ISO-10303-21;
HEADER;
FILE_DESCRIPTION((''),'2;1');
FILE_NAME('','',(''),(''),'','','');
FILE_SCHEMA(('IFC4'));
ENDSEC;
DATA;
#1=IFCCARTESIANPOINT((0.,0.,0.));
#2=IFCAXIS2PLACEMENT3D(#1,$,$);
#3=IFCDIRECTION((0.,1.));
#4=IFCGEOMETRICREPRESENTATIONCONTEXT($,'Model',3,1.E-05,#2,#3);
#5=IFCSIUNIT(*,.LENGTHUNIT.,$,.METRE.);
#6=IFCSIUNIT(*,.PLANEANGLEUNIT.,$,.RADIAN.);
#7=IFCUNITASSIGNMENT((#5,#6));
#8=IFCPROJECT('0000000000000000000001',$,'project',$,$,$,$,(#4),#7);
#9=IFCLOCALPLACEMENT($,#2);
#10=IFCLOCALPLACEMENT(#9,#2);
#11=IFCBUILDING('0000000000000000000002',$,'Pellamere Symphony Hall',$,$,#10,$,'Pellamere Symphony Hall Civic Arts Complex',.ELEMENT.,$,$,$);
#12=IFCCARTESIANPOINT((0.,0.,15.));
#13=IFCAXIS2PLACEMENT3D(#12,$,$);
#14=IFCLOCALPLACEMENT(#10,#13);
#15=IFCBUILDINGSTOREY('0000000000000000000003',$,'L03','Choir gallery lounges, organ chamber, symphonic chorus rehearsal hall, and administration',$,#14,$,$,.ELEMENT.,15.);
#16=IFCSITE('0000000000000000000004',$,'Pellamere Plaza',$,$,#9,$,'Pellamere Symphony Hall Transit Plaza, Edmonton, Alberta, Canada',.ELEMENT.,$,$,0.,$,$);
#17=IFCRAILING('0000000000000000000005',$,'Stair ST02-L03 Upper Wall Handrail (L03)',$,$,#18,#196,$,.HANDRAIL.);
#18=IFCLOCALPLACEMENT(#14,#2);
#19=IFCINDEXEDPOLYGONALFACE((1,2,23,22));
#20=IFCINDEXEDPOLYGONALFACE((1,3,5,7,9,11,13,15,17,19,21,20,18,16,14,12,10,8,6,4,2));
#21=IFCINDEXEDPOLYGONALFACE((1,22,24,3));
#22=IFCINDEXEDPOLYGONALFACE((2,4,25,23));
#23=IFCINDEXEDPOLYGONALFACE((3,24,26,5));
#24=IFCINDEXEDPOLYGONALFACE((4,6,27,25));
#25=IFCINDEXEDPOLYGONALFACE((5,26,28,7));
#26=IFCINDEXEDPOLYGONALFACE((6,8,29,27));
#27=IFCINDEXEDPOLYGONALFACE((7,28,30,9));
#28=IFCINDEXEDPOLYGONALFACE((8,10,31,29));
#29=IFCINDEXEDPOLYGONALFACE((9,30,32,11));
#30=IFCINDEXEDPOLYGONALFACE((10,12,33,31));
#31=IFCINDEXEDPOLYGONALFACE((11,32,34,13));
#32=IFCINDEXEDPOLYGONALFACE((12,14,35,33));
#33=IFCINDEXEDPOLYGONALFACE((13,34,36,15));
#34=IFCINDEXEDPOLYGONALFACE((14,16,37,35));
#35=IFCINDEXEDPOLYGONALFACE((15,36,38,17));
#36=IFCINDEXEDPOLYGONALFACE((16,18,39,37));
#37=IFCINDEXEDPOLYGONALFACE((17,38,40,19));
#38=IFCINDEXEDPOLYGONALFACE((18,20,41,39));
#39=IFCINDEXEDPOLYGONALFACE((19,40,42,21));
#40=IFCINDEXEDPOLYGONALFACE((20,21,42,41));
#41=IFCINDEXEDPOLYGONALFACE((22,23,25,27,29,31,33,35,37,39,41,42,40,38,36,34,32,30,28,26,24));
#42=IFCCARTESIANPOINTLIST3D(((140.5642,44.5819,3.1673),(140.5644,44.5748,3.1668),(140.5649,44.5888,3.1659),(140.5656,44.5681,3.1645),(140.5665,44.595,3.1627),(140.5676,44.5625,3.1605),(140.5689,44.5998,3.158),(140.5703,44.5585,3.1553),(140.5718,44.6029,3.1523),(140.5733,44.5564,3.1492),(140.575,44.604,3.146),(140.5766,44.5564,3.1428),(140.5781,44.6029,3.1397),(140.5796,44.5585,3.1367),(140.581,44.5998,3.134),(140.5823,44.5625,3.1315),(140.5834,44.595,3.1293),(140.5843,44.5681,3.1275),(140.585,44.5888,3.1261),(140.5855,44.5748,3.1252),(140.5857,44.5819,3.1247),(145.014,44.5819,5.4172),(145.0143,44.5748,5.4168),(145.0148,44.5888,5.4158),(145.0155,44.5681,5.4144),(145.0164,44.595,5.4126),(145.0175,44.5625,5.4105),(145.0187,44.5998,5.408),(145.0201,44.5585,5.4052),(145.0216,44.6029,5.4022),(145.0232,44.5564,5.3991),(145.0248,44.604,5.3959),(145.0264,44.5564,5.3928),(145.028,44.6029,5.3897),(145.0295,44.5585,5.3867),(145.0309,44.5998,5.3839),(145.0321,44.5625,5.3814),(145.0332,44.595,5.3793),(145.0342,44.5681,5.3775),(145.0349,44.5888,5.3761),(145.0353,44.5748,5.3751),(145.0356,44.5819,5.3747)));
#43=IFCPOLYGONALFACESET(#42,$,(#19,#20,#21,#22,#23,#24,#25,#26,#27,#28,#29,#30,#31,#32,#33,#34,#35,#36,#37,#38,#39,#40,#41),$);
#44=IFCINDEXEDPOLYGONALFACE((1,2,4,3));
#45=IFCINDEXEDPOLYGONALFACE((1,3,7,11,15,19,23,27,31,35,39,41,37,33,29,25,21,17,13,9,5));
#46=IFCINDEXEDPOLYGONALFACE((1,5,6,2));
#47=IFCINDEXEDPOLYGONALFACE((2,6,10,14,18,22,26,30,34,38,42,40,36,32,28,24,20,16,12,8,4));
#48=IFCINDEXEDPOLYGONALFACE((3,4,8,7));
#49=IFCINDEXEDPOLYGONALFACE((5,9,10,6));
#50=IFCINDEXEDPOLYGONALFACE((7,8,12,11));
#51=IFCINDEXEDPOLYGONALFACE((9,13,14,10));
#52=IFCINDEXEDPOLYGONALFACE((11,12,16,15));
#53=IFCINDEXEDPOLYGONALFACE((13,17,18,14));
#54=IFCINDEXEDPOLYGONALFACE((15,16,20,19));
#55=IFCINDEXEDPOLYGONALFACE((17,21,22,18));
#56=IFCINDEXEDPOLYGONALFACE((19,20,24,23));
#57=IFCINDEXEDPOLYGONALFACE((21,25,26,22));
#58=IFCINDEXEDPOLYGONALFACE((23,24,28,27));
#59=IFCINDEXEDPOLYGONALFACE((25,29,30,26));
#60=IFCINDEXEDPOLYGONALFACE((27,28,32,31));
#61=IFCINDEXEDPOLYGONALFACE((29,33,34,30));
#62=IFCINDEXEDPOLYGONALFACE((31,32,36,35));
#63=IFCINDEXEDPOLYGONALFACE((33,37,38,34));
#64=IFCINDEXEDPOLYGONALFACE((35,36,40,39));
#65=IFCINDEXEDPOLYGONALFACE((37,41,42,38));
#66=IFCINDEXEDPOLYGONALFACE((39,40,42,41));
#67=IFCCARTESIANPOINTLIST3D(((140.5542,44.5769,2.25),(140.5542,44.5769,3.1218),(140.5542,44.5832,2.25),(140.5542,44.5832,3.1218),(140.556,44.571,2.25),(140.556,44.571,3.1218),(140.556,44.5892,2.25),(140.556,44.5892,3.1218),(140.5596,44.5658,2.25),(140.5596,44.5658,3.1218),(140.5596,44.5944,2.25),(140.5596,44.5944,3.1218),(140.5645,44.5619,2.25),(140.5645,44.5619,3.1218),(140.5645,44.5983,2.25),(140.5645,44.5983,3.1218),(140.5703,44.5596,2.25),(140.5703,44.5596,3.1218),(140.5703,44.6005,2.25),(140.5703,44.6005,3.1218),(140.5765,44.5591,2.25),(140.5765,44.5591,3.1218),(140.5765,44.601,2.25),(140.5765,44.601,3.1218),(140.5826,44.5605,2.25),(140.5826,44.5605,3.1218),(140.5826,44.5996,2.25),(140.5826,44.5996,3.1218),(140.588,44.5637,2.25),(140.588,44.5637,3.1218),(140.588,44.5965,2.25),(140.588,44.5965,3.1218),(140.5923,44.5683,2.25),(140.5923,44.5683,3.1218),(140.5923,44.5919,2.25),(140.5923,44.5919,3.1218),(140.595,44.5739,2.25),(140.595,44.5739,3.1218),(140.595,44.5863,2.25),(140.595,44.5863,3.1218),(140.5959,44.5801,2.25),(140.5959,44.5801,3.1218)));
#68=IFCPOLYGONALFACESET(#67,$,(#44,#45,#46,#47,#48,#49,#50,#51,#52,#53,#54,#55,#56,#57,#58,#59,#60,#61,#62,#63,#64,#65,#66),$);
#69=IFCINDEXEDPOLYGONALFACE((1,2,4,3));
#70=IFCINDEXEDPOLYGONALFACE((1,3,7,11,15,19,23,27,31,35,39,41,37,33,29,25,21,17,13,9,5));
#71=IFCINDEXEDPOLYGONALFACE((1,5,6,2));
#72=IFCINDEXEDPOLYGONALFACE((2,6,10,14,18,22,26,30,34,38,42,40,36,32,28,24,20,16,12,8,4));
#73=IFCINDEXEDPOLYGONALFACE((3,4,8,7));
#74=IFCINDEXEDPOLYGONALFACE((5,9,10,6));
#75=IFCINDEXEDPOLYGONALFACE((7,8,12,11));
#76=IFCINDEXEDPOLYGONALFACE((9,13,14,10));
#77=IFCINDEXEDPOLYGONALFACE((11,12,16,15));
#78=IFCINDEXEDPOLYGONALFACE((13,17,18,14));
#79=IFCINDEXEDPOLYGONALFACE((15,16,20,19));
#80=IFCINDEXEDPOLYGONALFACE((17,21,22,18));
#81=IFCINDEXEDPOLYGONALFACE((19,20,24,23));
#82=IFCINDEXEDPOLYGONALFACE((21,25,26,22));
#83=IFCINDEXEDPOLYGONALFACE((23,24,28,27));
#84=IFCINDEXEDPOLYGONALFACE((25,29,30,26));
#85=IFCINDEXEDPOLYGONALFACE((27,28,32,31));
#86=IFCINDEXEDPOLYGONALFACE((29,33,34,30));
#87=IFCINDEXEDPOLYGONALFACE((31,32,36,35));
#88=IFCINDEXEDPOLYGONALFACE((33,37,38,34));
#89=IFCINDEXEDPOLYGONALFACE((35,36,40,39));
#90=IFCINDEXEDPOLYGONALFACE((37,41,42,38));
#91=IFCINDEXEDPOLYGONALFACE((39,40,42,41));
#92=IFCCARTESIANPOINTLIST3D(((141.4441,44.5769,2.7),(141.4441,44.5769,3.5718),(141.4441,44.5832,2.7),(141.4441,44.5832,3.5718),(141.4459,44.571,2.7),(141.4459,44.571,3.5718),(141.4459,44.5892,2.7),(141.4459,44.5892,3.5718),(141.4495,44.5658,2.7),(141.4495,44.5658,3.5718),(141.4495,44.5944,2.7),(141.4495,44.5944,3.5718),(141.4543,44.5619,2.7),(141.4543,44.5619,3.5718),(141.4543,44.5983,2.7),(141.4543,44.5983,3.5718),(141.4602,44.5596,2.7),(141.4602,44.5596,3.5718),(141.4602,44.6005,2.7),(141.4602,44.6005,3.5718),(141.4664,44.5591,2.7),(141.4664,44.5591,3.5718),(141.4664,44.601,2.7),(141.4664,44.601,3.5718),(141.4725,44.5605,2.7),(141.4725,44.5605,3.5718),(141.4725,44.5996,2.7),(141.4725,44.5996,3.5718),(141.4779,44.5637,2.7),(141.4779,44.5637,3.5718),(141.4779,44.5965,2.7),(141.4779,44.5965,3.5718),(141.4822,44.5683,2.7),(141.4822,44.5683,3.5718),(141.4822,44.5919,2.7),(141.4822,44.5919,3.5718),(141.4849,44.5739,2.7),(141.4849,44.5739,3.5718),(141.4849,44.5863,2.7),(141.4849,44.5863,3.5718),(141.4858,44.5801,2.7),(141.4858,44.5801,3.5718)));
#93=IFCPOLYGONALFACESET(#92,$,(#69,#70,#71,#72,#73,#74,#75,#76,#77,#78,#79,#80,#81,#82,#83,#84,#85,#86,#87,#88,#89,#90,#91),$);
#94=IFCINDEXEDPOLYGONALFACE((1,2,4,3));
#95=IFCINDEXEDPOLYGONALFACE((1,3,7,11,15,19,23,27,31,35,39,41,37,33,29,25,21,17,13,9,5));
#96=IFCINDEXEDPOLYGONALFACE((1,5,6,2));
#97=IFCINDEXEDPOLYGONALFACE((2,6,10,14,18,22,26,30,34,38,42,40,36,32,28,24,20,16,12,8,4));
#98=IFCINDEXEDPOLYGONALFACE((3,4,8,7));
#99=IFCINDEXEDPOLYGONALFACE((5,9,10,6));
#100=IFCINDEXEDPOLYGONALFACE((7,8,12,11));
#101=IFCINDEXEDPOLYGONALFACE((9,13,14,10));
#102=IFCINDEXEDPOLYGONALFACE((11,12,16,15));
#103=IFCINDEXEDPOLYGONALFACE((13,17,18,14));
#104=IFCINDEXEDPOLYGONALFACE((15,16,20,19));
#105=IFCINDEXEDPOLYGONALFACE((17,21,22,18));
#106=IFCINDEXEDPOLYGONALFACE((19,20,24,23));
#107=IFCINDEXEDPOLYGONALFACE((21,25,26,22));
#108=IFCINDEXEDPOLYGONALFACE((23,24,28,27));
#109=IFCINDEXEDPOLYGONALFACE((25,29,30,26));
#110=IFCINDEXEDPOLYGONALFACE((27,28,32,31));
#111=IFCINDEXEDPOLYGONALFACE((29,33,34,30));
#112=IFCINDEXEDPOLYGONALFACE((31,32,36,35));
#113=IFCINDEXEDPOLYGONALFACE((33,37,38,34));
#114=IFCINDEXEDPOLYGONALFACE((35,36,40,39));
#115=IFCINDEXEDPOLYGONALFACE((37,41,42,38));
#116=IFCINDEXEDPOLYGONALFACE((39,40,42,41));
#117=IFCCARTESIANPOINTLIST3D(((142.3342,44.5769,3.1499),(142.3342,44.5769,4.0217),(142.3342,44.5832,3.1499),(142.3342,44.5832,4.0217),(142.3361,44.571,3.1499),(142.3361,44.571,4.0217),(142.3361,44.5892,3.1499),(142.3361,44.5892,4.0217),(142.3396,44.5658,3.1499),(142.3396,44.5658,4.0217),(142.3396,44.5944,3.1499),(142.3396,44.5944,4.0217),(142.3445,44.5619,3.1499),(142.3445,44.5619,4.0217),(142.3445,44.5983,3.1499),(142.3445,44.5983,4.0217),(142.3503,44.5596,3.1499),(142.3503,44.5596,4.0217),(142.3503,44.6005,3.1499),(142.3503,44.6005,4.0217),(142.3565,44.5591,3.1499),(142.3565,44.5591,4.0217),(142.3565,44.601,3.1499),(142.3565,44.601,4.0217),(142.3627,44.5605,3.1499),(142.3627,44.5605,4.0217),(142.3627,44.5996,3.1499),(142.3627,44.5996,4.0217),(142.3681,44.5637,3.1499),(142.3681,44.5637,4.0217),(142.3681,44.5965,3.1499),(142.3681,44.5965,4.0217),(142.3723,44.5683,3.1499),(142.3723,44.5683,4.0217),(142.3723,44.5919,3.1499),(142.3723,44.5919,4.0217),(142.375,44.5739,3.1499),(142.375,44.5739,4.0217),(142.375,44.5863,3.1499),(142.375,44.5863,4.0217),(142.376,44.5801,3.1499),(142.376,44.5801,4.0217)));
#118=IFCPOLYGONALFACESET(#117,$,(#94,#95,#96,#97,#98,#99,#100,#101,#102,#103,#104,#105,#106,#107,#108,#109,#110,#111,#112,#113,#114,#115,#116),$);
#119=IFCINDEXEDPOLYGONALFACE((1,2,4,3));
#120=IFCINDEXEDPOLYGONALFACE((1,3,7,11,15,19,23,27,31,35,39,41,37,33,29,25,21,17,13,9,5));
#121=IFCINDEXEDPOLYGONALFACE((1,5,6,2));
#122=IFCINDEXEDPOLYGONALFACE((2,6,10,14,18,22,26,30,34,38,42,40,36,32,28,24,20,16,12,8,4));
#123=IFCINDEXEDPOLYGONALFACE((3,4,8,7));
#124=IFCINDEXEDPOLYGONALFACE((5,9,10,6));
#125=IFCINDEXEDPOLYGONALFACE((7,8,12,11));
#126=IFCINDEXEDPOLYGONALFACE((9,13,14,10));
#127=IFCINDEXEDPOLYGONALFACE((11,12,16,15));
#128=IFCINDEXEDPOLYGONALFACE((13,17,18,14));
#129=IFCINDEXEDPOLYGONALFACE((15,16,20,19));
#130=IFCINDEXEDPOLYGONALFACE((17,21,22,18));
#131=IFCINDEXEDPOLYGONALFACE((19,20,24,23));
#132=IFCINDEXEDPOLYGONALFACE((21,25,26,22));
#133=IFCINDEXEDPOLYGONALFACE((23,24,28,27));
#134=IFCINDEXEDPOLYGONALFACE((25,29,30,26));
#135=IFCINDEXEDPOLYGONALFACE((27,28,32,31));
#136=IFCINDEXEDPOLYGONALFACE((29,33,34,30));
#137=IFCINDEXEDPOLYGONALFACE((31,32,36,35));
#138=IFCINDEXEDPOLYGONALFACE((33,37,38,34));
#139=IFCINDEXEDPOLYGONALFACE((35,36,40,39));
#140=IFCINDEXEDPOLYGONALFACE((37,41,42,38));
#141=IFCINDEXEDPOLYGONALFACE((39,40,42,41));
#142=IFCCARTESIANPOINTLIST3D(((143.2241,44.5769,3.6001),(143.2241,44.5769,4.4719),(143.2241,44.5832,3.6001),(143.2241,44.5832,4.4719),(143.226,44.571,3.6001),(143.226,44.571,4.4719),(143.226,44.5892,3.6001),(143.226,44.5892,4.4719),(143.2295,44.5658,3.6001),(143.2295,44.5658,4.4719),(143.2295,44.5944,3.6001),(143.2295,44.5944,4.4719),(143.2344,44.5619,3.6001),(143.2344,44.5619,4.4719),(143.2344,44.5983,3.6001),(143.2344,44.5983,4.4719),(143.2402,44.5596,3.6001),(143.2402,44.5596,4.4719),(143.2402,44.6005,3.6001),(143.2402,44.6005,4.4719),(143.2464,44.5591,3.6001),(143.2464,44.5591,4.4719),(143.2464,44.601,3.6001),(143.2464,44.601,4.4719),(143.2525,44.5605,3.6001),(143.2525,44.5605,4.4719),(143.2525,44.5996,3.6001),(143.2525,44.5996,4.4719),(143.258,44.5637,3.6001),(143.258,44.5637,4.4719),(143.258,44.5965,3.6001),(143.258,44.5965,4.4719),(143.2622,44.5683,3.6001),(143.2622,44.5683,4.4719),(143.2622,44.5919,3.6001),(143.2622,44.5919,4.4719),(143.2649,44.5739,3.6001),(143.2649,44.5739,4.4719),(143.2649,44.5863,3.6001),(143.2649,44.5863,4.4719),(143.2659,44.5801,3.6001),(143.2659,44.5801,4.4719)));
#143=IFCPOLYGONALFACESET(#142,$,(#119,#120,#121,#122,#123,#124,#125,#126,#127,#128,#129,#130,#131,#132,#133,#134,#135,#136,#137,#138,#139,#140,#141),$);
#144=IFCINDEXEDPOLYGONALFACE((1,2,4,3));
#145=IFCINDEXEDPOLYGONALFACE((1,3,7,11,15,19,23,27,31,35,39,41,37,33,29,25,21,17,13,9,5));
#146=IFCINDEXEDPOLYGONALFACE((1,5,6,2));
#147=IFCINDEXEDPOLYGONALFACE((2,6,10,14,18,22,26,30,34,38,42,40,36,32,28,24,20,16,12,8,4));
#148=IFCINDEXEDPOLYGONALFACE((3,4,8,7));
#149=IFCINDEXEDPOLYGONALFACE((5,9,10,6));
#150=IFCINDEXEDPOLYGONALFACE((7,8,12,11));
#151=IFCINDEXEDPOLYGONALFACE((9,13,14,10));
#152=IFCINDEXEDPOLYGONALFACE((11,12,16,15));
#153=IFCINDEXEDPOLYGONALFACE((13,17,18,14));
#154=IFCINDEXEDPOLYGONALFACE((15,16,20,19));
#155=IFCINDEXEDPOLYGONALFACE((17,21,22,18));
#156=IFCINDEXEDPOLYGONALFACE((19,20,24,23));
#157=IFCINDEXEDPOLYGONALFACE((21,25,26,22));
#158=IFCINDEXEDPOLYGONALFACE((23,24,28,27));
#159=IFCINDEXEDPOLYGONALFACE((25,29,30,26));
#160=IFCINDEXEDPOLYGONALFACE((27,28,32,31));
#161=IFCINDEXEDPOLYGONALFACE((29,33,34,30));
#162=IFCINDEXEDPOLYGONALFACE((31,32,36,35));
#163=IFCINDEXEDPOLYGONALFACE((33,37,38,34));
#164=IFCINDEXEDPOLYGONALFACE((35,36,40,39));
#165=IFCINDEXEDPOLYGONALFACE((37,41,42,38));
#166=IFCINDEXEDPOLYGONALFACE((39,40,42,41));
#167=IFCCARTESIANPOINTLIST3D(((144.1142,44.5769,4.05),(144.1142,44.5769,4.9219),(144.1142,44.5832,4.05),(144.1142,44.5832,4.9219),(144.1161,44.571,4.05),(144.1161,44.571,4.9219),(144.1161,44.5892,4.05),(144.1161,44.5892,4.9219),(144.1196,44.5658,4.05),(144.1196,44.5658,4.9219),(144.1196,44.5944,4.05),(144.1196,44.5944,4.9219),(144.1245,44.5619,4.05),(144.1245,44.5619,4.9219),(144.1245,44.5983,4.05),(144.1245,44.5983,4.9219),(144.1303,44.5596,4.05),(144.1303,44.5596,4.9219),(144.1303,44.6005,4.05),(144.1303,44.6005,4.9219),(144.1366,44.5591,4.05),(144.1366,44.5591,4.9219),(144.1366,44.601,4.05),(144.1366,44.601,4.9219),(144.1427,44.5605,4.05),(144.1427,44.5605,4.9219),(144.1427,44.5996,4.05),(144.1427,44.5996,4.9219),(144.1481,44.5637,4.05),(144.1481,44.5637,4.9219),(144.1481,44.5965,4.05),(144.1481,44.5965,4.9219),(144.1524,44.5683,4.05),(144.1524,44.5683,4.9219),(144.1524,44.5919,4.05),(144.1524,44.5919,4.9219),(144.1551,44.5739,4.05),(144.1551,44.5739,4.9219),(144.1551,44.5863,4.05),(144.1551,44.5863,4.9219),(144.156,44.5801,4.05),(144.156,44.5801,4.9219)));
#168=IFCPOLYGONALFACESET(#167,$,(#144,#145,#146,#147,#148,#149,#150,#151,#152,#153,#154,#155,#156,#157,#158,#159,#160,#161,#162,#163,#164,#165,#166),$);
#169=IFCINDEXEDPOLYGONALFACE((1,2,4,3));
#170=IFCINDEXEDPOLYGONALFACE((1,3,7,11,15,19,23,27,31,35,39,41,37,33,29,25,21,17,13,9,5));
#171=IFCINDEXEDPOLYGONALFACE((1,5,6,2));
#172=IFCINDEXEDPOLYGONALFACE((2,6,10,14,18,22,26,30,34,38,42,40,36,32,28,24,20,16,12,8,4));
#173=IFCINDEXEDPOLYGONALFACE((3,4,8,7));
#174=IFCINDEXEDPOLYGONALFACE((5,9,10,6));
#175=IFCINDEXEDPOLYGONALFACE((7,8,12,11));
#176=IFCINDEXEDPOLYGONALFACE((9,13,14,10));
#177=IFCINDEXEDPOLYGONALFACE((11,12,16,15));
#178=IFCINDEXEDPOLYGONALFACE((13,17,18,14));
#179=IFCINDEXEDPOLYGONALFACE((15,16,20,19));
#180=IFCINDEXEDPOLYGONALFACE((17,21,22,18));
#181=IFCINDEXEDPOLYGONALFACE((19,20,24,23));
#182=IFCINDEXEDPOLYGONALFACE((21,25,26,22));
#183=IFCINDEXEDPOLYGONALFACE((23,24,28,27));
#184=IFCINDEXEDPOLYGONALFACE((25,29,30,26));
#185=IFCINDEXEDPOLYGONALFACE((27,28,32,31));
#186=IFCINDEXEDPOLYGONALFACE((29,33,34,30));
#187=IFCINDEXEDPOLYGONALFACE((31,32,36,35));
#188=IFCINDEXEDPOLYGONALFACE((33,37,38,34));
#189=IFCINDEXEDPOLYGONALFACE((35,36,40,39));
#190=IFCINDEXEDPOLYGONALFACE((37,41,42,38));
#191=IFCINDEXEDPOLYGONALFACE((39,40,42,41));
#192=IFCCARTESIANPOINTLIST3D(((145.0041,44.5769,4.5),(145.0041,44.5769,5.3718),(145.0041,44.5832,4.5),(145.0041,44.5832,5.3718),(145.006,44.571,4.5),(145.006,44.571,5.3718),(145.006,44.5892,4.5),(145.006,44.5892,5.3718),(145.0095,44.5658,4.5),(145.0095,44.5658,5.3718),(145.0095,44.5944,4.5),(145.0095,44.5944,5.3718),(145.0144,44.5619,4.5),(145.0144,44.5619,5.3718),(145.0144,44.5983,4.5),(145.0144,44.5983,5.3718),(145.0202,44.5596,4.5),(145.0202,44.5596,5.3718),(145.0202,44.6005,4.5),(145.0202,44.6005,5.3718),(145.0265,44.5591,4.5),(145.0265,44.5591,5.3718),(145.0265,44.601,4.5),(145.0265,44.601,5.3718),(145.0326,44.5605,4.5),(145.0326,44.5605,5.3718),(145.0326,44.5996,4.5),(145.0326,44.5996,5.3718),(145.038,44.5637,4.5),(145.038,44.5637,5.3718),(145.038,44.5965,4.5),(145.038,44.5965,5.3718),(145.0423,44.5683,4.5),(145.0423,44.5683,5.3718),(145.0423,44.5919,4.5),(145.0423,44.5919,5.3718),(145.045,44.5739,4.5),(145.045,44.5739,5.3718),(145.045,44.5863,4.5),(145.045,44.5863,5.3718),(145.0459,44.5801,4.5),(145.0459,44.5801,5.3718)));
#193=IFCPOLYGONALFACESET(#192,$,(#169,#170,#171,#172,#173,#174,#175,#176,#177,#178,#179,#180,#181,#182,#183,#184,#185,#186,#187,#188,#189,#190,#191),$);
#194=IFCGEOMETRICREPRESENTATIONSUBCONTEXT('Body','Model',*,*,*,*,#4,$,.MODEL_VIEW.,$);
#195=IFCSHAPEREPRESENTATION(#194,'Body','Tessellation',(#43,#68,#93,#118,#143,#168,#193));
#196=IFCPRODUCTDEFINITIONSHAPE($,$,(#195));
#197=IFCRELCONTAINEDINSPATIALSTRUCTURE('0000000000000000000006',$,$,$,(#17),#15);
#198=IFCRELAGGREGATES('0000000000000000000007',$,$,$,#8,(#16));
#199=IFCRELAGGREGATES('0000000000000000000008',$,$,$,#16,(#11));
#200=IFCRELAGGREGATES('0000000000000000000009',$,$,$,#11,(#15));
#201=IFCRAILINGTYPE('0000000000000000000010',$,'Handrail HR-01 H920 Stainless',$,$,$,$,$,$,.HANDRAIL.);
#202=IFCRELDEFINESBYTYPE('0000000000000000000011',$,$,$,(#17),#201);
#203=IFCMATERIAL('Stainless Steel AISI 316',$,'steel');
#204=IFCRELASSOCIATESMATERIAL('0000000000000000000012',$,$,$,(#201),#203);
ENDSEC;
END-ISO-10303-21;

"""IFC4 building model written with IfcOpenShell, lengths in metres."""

from ifc_helpers import new_model, si_unit, direction, frame, origin, origin_2d, place, context, subcontext, project, spatial, circle, extrude, material, type_object, element, save


model = new_model("IFC4")

# Units and contexts
model_context = context("Model", 3, precision=1e-05, world=origin(), true_north=direction((0.0, 1.0)))
body_context = subcontext(model_context, "Body", "Model", "MODEL_VIEW")
ifc_project = project(units=[si_unit("LENGTHUNIT", "METRE"), si_unit("PLANEANGLEUNIT", "RADIAN")], contexts=[model_context])

# Site, building, storey
site_placement = place(None, origin())
site = spatial("IfcSite", under=ifc_project, at=site_placement, Name="Pellamere Plaza", LongName="Pellamere Symphony Hall Transit Plaza, Edmonton, Alberta, Canada", CompositionType="ELEMENT", RefElevation=0.0)
building_placement = place(site_placement, origin())
building = spatial("IfcBuilding", under=site, at=building_placement, Name="Pellamere Symphony Hall", LongName="Pellamere Symphony Hall Civic Arts Complex", CompositionType="ELEMENT")
storey_placement = place(building_placement, frame((0.0, 0.0, 15.0)))
storey = spatial("IfcBuildingStorey", under=building, at=storey_placement, Name="L03", Description="Choir gallery lounges, organ chamber, symphonic chorus rehearsal hall, and administration", CompositionType="ELEMENT", Elevation=15.0)

# Railing
ifc_material_1 = material(Name="Stainless Steel AISI 316", Category="steel")
railing_type = type_object("IfcRailingType", Name="Handrail HR-01 H920 Stainless", PredefinedType="HANDRAIL", material=ifc_material_1)
railing_placement = place(storey_placement, frame((140.575, 44.5801, 2.25)))
element("IfcRailing", 1, at=railing_placement, inside=storey, type_object=railing_type, Name="Stair ST02-L03 Upper Wall Handrail (L03)", PredefinedType="HANDRAIL", context=body_context, shape_type="SweptSolid", body=[
    extrude(circle(Radius=0.0239, at=origin_2d()), frame((0.0, 0.0, 0.896), z_axis=(0.892411, 0.0, 0.451224), x_axis=(0.0, 1.0, 0.0)), (0.0, 0.0, 1.0), 4.9863),
    extrude(circle(Radius=0.021, at=origin_2d()), origin(), (0.0, 0.0, 1.0), 0.8718),
    extrude(circle(Radius=0.021, at=origin_2d()), frame((0.8899, 0.0, 0.45)), (0.0, 0.0, 1.0), 0.8718),
    extrude(circle(Radius=0.021, at=origin_2d()), frame((1.78, 0.0, 0.8999)), (0.0, 0.0, 1.0), 0.8718),
    extrude(circle(Radius=0.021, at=origin_2d()), frame((2.6699, 0.0, 1.3501)), (0.0, 0.0, 1.0), 0.8718),
    extrude(circle(Radius=0.021, at=origin_2d()), frame((3.5601, 0.0, 1.8)), (0.0, 0.0, 1.0), 0.8718),
    extrude(circle(Radius=0.021, at=origin_2d()), frame((4.45, 0.0, 2.25)), (0.0, 0.0, 1.0), 0.8718),
])

save(model, "model.ifc")
